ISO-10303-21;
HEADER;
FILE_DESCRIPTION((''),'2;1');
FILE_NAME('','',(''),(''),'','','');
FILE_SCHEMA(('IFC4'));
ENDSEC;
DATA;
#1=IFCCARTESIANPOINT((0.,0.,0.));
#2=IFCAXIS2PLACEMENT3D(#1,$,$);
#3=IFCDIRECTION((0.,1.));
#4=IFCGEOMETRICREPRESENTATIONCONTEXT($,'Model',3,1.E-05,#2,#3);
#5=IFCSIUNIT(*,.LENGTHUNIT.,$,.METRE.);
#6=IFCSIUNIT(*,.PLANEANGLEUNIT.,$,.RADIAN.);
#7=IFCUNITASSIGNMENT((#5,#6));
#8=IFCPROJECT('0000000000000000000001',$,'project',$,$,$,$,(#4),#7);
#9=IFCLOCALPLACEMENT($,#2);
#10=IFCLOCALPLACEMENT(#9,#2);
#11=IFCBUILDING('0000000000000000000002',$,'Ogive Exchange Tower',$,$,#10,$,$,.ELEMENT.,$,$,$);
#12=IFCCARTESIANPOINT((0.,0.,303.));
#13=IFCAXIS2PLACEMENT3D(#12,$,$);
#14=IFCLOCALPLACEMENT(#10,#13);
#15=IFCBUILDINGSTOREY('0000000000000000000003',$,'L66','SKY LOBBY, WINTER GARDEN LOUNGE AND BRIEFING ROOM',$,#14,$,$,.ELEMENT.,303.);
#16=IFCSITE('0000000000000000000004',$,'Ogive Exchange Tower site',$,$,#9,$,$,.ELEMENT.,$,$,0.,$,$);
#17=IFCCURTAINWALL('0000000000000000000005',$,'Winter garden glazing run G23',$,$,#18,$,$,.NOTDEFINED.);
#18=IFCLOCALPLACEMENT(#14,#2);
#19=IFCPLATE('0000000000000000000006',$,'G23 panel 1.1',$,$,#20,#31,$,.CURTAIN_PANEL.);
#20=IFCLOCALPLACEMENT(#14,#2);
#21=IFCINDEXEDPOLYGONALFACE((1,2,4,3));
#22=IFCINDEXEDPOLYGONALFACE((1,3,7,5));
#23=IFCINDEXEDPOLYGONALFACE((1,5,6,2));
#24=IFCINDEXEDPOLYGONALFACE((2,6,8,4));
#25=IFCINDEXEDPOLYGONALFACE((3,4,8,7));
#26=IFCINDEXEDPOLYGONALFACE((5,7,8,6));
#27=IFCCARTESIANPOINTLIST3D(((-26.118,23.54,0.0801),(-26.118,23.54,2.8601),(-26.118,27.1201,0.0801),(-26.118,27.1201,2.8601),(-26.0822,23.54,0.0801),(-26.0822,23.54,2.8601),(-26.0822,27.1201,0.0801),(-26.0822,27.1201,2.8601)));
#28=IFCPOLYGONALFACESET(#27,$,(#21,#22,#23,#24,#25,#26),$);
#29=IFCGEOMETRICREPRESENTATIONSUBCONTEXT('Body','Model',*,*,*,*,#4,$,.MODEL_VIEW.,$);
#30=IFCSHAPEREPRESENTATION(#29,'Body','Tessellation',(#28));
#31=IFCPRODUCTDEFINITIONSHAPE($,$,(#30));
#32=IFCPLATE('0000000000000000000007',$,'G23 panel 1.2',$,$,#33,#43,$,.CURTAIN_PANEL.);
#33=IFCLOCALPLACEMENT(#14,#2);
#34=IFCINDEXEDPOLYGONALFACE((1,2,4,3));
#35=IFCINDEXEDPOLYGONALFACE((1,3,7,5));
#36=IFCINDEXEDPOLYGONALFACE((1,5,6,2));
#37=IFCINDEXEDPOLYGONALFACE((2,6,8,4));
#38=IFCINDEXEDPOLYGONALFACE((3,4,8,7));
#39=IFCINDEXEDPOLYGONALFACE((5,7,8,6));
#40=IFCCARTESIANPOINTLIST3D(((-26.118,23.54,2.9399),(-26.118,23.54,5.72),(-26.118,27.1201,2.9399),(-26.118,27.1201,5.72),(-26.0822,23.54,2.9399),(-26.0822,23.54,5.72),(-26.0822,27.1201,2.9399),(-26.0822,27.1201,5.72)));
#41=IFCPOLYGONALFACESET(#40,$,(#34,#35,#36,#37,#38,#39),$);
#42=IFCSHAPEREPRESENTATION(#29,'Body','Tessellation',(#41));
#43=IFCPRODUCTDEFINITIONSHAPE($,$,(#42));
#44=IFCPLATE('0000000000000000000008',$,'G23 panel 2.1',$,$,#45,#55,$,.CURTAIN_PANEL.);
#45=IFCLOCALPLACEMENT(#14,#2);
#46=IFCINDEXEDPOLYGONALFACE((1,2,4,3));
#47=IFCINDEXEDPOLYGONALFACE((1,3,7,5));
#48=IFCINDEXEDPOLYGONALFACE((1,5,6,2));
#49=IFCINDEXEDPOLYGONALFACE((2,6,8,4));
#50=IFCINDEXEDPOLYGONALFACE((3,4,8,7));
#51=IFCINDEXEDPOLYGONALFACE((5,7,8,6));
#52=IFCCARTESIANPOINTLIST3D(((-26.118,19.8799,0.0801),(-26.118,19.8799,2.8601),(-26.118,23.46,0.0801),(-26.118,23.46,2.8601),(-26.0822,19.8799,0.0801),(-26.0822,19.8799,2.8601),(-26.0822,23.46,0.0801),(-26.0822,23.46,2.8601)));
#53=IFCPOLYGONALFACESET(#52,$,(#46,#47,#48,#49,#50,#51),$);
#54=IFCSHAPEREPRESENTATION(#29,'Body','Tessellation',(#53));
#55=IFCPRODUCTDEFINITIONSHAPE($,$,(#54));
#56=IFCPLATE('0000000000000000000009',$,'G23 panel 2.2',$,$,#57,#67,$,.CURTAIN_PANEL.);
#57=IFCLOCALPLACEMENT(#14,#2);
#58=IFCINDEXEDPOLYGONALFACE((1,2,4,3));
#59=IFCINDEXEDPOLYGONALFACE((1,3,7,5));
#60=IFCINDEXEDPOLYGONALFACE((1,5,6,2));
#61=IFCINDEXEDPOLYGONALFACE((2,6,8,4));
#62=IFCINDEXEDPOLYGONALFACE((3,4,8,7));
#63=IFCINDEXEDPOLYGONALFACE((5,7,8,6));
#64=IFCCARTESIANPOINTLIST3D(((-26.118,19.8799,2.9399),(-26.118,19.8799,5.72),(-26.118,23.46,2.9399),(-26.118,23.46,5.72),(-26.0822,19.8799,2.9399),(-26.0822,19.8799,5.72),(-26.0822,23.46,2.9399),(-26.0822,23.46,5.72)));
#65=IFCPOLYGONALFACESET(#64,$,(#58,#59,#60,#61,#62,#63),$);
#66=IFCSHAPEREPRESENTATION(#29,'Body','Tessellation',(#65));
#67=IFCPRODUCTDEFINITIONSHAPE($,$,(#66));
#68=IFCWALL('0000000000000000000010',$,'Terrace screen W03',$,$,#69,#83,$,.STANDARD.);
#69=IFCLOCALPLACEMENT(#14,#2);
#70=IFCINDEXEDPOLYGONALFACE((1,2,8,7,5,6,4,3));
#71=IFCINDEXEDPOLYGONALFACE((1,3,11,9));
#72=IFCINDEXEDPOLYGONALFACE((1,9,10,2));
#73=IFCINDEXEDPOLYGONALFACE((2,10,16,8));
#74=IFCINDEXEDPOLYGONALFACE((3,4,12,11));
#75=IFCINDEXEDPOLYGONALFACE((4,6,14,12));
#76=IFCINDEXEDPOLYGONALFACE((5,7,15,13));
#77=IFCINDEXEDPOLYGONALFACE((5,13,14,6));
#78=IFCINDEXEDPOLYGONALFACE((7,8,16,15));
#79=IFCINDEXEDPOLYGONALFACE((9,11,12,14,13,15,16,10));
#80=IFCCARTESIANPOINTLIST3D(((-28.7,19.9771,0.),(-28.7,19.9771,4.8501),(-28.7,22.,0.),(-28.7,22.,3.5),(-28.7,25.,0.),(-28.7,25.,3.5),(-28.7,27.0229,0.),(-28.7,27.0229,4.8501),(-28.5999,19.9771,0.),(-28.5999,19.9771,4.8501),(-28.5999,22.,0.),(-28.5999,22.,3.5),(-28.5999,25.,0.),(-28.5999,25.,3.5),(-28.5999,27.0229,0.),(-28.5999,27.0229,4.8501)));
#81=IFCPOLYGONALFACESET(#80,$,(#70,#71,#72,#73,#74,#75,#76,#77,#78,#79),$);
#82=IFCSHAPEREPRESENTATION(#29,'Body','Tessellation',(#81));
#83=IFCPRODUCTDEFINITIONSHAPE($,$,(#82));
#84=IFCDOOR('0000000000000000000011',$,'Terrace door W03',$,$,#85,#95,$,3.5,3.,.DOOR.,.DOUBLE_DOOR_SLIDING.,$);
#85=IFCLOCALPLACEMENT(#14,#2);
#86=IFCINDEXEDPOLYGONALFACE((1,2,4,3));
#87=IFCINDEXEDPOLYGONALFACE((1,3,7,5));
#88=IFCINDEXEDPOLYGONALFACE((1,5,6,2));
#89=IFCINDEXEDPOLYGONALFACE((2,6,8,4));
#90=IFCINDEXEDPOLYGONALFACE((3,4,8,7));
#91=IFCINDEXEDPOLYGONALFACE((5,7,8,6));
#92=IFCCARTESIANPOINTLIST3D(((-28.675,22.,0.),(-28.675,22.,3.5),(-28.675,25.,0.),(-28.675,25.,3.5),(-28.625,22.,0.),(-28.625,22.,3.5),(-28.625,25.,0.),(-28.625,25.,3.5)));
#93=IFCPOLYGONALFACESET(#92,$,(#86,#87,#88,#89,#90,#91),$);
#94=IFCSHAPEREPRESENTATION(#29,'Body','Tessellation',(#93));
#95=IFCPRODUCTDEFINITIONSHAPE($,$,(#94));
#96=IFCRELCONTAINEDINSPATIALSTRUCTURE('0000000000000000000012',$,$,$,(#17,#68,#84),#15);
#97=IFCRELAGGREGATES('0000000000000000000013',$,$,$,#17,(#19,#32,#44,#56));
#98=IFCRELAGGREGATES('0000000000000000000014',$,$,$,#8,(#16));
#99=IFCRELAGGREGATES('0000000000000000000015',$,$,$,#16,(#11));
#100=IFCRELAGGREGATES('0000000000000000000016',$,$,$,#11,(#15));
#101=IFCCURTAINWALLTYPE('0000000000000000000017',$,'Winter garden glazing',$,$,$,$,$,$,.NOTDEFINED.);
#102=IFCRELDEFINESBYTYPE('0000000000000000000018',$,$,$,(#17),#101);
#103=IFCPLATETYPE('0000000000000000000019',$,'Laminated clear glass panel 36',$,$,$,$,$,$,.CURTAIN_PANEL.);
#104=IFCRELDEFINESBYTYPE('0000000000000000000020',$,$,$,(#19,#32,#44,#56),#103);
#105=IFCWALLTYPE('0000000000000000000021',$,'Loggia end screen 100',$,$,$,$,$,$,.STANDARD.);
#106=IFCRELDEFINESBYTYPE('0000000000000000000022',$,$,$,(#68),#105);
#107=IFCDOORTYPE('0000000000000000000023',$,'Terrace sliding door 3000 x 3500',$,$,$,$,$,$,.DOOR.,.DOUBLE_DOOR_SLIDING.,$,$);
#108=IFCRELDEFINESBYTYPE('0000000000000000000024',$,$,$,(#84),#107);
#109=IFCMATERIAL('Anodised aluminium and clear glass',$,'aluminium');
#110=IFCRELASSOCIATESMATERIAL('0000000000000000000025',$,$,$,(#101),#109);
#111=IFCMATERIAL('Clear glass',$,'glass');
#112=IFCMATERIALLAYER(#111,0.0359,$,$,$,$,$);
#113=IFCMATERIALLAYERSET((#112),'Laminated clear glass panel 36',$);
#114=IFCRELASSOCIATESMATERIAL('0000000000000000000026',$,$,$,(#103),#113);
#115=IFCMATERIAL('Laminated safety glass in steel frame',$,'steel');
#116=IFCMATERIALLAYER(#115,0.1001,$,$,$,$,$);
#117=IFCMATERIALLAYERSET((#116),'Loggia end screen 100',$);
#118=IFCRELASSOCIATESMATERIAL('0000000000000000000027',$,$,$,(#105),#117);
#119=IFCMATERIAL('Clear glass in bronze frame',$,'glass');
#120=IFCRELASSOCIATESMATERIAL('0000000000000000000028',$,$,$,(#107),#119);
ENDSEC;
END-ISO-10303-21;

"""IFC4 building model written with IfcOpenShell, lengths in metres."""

from ifc_helpers import new_model, si_unit, direction, frame, frame_2d, origin, origin_2d, place, context, subcontext, project, spatial, rectangle, extrude, material, layer, layer_set, type_object, element, fill, aggregate, save


model = new_model("IFC4")

# Units and contexts
model_context = context("Model", 3, precision=1e-05, world=origin(), true_north=direction((0.0, 1.0)))
body_context = subcontext(model_context, "Body", "Model", "MODEL_VIEW")
ifc_project = project(units=[si_unit("LENGTHUNIT", "METRE"), si_unit("PLANEANGLEUNIT", "RADIAN")], contexts=[model_context])

# Site, building, storey
site_placement = place(None, origin())
site = spatial("IfcSite", under=ifc_project, at=site_placement, Name="Ogive Exchange Tower site", CompositionType="ELEMENT", RefElevation=0.0)
building_placement = place(site_placement, origin())
building = spatial("IfcBuilding", under=site, at=building_placement, Name="Ogive Exchange Tower", CompositionType="ELEMENT")
storey_placement = place(building_placement, frame((0.0, 0.0, 303.0)))
storey = spatial("IfcBuildingStorey", under=building, at=storey_placement, Name="L66", Description="SKY LOBBY, WINTER GARDEN LOUNGE AND BRIEFING ROOM", CompositionType="ELEMENT", Elevation=303.0)

# Curtain wall
ifc_material_1 = material(Name="Anodised aluminium and clear glass", Category="aluminium")
curtain_wall_type = type_object("IfcCurtainWallType", Name="Winter garden glazing", PredefinedType="NOTDEFINED", material=ifc_material_1)
curtain_wall_1_placement = place(storey_placement, origin())
curtain_wall_1 = element("IfcCurtainWall", 1, at=curtain_wall_1_placement, inside=storey, type_object=curtain_wall_type, Name="Winter garden glazing run G23", PredefinedType="NOTDEFINED")

# Plates
ifc_material_2 = material(Name="Clear glass", Category="glass")
ifc_layer_1 = layer(ifc_material_2, 0.0359)
ifc_layer_set_1 = layer_set([ifc_layer_1], Name="Laminated clear glass panel 36")
plate_type = type_object("IfcPlateType", Name="Laminated clear glass panel 36", PredefinedType="CURTAIN_PANEL", material=ifc_layer_set_1)
plate_1_placement = place(storey_placement, frame((-26.1001, 25.3301, 0.0801), z_axis=(0.0, 0.0, 1.0), x_axis=(0.0, -1.0, 0.0)))
plate_1 = element("IfcPlate", 2, at=plate_1_placement, type_object=plate_type, Name="G23 panel 1.1", PredefinedType="CURTAIN_PANEL", context=body_context, shape_type="SweptSolid", body=[
    extrude(rectangle(XDim=3.5801, YDim=0.0359, at=origin_2d()), origin(), (0.0, 0.0, 1.0), 2.78),
])
plate_2_placement = place(storey_placement, frame((-26.1001, 25.3301, 2.9399), z_axis=(0.0, 0.0, 1.0), x_axis=(0.0, -1.0, 0.0)))
plate_2 = element("IfcPlate", 3, at=plate_2_placement, type_object=plate_type, Name="G23 panel 1.2", PredefinedType="CURTAIN_PANEL", context=body_context, shape_type="SweptSolid", body=[
    extrude(rectangle(XDim=3.5801, YDim=0.0359, at=origin_2d()), origin(), (0.0, 0.0, 1.0), 2.78),
])
plate_3_placement = place(storey_placement, frame((-26.1001, 21.6699, 0.0801), z_axis=(0.0, 0.0, 1.0), x_axis=(0.0, -1.0, 0.0)))
plate_3 = element("IfcPlate", 4, at=plate_3_placement, type_object=plate_type, Name="G23 panel 2.1", PredefinedType="CURTAIN_PANEL", context=body_context, shape_type="SweptSolid", body=[
    extrude(rectangle(XDim=3.5801, YDim=0.0359, at=origin_2d()), origin(), (0.0, 0.0, 1.0), 2.78),
])
plate_4_placement = place(storey_placement, frame((-26.1001, 21.6699, 2.9399), z_axis=(0.0, 0.0, 1.0), x_axis=(0.0, -1.0, 0.0)))
plate_4 = element("IfcPlate", 5, at=plate_4_placement, type_object=plate_type, Name="G23 panel 2.2", PredefinedType="CURTAIN_PANEL", context=body_context, shape_type="SweptSolid", body=[
    extrude(rectangle(XDim=3.5801, YDim=0.0359, at=origin_2d()), origin(), (0.0, 0.0, 1.0), 2.78),
])
aggregate(curtain_wall_1, [plate_1, plate_2, plate_3, plate_4])

# Wall, opening, door
ifc_material_3 = material(Name="Laminated safety glass in steel frame", Category="steel")
ifc_layer_2 = layer(ifc_material_3, 0.1001)
ifc_layer_set_2 = layer_set([ifc_layer_2], Name="Loggia end screen 100")
wall_type = type_object("IfcWallType", Name="Loggia end screen 100", PredefinedType="STANDARD", material=ifc_layer_set_2)
wall_placement = place(storey_placement, frame((-28.6499, 27.0229, 0.0), z_axis=(0.0, 0.0, 1.0), x_axis=(0.0, -1.0, 0.0)))
wall = element("IfcWall", 6, at=wall_placement, inside=storey, type_object=wall_type, Name="Terrace screen W03", PredefinedType="STANDARD", context=body_context, shape_type="SweptSolid", body=[
    extrude(rectangle(XDim=7.0459, YDim=0.1001, at=frame_2d((3.5229, 0.0))), origin(), (0.0, 0.0, 1.0), 4.8501),
])
opening_placement = place(wall_placement, frame((2.0229, 0.0, 0.0)))
opening = element("IfcOpeningElement", 7, at=opening_placement, cuts=wall, PredefinedType="OPENING", context=body_context, shape_type="SweptSolid", body=[
    extrude(rectangle(XDim=3.0, YDim=3.5, at=frame_2d((1.5, 1.75))), frame((0.0, 0.0601, 0.0), z_axis=(0.0, -1.0, 0.0), x_axis=(1.0, 0.0, 0.0)), (0.0, 0.0, 1.0), 0.1201),
])
ifc_material_4 = material(Name="Clear glass in bronze frame", Category="glass")
door_type = type_object("IfcDoorType", Name="Terrace sliding door 3000 x 3500", OperationType="DOUBLE_DOOR_SLIDING", PredefinedType="DOOR", material=ifc_material_4)
door_placement = place(opening_placement, origin())
door = element("IfcDoor", 8, at=door_placement, inside=storey, type_object=door_type, Name="Terrace door W03", OperationType="DOUBLE_DOOR_SLIDING", OverallHeight=3.5, OverallWidth=3.0, PredefinedType="DOOR", context=body_context, shape_type="SweptSolid", body=[
    extrude(rectangle(XDim=3.0, YDim=3.5, at=frame_2d((1.5, 1.75))), frame((0.0, 0.0249, 0.0), z_axis=(0.0, -1.0, 0.0), x_axis=(1.0, 0.0, 0.0)), (0.0, 0.0, 1.0), 0.05),
])
fill(opening, door)

save(model, "model.ifc")
